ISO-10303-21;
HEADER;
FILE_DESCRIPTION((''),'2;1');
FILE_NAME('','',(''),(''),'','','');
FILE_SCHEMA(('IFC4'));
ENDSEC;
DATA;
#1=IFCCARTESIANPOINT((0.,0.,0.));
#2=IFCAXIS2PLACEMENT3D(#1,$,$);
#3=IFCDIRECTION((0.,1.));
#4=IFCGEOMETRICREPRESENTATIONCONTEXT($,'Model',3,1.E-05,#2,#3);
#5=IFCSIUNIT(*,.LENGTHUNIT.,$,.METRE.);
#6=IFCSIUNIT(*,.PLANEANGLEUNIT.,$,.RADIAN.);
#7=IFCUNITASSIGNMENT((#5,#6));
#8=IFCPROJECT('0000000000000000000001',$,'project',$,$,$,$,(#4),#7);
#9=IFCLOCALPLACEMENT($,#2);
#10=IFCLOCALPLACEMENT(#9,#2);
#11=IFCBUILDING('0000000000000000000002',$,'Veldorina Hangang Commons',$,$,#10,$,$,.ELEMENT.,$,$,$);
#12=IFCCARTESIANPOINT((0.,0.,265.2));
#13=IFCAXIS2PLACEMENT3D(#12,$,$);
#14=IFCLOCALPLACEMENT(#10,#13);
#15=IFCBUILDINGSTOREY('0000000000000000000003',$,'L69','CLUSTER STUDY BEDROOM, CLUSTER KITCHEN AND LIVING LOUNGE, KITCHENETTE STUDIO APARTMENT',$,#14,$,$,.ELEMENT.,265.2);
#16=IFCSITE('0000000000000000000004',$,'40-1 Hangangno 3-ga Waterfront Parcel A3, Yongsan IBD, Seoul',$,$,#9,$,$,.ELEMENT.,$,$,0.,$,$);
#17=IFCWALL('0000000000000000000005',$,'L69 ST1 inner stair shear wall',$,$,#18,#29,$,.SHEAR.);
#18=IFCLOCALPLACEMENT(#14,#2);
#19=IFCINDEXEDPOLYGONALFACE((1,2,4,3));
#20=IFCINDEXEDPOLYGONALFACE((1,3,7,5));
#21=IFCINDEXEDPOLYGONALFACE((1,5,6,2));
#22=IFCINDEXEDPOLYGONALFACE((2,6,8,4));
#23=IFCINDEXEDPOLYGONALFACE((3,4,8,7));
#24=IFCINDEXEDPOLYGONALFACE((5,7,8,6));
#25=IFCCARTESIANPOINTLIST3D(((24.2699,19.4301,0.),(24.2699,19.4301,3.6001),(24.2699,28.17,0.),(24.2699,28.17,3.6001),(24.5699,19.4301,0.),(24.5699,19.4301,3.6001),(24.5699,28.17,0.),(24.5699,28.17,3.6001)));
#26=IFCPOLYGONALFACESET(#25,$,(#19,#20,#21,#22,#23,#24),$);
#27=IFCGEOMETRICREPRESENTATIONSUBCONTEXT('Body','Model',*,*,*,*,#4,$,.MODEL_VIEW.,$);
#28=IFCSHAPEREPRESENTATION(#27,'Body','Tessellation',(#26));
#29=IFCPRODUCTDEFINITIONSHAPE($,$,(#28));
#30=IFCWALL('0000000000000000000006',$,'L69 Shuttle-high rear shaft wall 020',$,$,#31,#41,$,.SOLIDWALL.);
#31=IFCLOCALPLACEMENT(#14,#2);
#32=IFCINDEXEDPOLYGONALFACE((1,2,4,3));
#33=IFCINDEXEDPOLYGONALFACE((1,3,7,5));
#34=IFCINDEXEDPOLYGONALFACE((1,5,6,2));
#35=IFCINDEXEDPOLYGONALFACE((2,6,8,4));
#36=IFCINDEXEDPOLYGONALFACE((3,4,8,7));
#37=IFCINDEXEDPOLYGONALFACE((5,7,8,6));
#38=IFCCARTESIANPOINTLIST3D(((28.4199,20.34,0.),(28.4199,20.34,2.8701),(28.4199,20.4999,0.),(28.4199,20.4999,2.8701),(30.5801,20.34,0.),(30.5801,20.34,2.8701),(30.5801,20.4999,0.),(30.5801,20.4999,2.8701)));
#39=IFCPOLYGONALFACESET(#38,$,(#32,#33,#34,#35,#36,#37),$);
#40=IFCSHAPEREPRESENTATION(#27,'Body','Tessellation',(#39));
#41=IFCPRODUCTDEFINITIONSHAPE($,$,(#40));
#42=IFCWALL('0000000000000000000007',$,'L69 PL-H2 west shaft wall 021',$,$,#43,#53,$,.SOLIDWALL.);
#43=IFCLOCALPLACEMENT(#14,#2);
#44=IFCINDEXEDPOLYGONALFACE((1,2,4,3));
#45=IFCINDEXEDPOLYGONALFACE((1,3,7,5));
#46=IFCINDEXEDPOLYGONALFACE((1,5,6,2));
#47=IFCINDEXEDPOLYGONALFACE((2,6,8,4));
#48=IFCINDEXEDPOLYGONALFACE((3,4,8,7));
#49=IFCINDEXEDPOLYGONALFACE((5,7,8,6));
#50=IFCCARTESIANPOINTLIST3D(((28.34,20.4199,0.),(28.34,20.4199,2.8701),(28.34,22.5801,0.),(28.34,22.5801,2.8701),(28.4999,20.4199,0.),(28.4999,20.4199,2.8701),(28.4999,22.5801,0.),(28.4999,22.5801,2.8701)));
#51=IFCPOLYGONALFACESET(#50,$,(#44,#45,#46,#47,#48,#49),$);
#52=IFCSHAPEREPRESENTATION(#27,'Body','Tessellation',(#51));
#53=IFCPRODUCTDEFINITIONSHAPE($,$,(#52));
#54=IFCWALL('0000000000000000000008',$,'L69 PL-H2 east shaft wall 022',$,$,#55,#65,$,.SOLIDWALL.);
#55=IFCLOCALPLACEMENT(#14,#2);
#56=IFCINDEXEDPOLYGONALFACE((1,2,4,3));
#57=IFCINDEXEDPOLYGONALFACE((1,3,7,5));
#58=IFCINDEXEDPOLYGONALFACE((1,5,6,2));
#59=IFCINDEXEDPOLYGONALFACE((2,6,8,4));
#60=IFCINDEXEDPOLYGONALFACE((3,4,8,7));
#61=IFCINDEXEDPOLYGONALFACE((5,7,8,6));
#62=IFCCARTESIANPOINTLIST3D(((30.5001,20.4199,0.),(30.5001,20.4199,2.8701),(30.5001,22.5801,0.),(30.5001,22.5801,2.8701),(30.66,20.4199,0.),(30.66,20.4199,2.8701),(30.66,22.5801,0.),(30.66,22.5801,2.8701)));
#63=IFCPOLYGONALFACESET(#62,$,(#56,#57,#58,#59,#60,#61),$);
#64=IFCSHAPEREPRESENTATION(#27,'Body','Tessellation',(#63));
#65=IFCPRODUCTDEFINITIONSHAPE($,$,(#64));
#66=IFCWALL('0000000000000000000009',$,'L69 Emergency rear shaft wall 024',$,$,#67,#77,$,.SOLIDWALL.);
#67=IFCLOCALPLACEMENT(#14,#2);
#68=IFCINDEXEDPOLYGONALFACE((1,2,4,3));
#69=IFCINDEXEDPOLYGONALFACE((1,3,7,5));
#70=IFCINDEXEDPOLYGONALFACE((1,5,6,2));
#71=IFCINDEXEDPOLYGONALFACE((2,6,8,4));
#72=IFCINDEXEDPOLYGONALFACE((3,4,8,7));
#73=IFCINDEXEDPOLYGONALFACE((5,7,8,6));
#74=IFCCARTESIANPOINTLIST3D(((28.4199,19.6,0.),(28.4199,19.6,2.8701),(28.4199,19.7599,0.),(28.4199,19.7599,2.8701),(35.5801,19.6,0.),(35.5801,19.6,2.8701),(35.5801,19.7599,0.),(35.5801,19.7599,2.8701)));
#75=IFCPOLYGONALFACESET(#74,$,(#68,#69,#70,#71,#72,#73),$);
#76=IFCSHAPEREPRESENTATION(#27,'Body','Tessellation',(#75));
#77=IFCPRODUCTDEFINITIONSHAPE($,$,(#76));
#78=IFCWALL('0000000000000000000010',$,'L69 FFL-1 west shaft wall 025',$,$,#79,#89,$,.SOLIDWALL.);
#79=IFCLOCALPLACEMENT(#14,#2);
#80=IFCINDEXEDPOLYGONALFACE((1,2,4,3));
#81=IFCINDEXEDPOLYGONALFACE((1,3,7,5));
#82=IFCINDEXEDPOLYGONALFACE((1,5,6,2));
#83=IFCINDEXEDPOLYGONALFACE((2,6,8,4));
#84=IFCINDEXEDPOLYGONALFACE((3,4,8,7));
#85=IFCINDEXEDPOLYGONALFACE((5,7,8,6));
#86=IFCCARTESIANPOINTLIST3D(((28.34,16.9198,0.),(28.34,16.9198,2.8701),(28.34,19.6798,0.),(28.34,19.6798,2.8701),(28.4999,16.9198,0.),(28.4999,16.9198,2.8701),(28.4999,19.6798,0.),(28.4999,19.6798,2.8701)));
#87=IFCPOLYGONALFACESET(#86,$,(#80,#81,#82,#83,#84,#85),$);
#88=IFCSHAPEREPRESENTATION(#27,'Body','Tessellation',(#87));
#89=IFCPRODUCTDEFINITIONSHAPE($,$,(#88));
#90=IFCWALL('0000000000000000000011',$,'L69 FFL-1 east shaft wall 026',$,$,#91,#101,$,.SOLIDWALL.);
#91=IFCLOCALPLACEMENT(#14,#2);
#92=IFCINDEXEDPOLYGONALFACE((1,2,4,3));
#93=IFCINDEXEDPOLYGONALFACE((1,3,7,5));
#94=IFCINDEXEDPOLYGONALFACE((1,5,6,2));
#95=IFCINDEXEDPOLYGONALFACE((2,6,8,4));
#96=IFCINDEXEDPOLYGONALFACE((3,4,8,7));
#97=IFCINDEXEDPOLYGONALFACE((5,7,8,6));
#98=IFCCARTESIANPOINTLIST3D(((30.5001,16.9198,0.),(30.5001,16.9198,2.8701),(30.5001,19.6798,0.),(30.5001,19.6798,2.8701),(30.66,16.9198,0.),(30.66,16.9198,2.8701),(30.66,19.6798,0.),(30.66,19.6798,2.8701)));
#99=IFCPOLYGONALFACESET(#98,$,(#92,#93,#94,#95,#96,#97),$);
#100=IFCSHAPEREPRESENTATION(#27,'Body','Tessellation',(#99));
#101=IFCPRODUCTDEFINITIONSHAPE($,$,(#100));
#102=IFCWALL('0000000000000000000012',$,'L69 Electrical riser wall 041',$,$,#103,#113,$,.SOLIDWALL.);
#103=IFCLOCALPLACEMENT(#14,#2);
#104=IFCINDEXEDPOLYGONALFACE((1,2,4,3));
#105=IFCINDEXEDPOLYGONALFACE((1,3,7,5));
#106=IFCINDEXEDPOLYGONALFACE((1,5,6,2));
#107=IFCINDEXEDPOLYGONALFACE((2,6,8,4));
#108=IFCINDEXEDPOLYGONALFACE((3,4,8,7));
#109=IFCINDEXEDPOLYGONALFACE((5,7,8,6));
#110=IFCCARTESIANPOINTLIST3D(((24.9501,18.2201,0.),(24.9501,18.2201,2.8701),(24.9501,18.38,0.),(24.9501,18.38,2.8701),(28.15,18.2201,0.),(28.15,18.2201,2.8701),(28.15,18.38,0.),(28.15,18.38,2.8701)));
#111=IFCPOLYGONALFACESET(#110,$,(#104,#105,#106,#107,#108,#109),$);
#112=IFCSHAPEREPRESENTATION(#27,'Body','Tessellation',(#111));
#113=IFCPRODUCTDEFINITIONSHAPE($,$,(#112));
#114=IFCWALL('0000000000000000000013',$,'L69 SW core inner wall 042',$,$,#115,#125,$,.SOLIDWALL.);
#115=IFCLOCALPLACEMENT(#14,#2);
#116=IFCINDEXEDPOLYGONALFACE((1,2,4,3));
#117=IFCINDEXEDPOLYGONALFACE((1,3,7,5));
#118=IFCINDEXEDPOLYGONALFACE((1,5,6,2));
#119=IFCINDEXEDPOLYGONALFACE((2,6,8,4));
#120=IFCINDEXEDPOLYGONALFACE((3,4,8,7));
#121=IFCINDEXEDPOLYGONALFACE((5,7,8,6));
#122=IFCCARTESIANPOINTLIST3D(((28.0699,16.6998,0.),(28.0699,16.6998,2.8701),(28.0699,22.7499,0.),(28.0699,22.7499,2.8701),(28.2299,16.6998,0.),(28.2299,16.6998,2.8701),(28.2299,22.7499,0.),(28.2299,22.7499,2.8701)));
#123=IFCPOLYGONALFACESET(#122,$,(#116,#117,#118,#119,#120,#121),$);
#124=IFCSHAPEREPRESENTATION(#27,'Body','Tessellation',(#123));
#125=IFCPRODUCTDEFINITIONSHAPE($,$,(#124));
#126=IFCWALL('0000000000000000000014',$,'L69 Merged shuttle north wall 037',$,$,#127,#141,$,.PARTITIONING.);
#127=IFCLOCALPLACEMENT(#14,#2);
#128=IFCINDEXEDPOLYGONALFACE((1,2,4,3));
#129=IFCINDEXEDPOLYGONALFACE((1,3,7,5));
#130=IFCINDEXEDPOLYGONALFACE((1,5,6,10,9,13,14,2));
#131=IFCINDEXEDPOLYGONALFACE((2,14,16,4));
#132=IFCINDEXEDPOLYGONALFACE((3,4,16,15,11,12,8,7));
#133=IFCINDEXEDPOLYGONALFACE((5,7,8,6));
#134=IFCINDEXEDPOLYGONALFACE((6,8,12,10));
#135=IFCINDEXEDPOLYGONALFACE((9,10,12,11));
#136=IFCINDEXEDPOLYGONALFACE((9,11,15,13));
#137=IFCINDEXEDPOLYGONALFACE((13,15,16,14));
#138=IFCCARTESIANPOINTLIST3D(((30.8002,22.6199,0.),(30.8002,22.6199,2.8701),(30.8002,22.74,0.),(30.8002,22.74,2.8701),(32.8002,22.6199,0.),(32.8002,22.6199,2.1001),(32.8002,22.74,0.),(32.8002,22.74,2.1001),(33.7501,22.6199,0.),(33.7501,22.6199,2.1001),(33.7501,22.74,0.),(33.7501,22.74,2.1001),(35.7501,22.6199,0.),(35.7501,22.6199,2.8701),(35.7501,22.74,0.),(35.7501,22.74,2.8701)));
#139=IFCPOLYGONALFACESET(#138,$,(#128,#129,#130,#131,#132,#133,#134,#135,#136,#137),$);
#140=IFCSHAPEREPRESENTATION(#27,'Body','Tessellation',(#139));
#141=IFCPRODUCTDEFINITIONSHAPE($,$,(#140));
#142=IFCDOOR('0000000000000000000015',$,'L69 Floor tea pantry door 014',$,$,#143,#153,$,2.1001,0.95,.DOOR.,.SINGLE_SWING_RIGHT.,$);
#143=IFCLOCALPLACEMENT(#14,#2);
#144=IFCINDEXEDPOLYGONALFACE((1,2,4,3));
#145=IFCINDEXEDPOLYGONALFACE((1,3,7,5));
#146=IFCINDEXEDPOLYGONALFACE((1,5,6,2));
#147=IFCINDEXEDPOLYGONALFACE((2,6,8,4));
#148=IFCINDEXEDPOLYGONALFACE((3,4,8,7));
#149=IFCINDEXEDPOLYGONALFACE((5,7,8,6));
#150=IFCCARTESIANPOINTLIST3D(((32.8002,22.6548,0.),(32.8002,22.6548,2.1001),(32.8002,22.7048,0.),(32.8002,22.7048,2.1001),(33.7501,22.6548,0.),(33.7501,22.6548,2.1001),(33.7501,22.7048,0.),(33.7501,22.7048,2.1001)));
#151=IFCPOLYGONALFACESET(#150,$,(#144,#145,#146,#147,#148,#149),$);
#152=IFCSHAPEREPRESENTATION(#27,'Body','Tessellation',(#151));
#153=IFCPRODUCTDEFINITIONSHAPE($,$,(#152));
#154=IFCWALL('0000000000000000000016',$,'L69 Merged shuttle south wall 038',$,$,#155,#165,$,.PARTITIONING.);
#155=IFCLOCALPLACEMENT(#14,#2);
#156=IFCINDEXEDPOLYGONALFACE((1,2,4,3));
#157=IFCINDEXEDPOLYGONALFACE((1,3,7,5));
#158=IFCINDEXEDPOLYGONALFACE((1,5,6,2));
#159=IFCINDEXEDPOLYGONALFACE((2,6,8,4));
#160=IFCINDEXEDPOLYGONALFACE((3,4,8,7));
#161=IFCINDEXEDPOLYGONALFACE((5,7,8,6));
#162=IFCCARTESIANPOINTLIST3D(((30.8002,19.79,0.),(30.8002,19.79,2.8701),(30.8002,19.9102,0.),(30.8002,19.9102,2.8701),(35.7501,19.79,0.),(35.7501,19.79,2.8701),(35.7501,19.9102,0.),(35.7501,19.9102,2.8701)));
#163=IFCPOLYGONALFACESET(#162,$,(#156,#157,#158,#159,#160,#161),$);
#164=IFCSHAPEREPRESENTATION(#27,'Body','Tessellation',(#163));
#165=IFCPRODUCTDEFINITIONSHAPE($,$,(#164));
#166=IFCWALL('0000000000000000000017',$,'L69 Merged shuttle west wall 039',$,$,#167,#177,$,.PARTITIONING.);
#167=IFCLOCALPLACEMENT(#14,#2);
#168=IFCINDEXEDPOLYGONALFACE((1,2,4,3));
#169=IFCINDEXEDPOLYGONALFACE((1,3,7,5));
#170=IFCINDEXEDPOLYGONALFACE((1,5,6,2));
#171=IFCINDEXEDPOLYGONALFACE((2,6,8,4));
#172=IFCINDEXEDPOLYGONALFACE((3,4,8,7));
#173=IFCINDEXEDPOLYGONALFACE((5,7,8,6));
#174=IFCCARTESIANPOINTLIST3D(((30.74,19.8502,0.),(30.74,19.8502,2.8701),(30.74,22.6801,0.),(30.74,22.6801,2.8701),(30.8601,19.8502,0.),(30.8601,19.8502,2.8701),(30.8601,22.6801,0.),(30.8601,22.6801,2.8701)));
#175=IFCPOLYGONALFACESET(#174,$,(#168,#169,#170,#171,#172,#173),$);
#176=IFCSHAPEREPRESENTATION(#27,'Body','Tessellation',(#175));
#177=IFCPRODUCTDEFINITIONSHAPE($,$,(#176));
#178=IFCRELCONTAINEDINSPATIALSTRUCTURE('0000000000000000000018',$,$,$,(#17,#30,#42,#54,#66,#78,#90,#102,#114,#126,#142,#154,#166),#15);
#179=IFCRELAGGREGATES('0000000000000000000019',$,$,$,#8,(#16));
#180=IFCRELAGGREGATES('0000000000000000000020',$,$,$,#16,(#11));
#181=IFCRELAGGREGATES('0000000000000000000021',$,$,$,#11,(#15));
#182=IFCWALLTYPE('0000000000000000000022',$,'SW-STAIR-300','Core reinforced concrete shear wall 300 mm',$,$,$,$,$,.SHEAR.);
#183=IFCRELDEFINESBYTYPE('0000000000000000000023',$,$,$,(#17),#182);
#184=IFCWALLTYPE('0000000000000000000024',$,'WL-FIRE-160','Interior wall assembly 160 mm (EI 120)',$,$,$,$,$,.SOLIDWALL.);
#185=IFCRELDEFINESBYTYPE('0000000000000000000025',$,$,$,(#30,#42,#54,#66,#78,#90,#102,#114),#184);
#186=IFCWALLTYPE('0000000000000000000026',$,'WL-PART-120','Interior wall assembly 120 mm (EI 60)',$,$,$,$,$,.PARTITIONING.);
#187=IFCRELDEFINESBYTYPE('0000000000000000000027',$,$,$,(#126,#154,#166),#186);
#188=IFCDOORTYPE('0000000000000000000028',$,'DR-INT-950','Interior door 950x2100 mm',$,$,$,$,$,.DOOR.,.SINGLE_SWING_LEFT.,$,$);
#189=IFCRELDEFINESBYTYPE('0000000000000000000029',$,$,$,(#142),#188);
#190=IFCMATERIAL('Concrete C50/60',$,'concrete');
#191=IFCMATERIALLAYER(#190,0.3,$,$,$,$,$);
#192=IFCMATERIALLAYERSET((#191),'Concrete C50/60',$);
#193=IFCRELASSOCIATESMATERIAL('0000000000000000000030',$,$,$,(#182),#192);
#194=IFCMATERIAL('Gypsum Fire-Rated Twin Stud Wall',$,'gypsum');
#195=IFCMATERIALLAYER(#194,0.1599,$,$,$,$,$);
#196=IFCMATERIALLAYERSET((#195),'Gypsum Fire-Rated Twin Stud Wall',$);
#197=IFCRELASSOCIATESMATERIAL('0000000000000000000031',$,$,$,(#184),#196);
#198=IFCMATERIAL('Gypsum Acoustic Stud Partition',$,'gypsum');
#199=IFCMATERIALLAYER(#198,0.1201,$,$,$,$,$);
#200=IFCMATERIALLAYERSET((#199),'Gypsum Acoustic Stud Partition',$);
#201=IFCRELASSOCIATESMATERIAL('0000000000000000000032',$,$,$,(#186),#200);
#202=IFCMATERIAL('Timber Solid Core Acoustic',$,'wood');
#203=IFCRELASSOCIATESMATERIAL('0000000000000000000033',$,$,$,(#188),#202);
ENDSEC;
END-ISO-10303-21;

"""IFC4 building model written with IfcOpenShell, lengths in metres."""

from ifc_helpers import new_model, si_unit, direction, frame, frame_2d, origin, place, context, subcontext, project, spatial, rectangle, extrude, material, layer, layer_set, type_object, element, fill, save


model = new_model("IFC4")

# Units and contexts
model_context = context("Model", 3, precision=1e-05, world=origin(), true_north=direction((0.0, 1.0)))
body_context = subcontext(model_context, "Body", "Model", "MODEL_VIEW")
ifc_project = project(units=[si_unit("LENGTHUNIT", "METRE"), si_unit("PLANEANGLEUNIT", "RADIAN")], contexts=[model_context])

# Site, building, storey
site_placement = place(None, origin())
site = spatial("IfcSite", under=ifc_project, at=site_placement, Name="40-1 Hangangno 3-ga Waterfront Parcel A3, Yongsan IBD, Seoul", CompositionType="ELEMENT", RefElevation=0.0)
building_placement = place(site_placement, origin())
building = spatial("IfcBuilding", under=site, at=building_placement, Name="Veldorina Hangang Commons", CompositionType="ELEMENT")
storey_placement = place(building_placement, frame((0.0, 0.0, 265.2)))
storey = spatial("IfcBuildingStorey", under=building, at=storey_placement, Name="L69", Description="CLUSTER STUDY BEDROOM, CLUSTER KITCHEN AND LIVING LOUNGE, KITCHENETTE STUDIO APARTMENT", CompositionType="ELEMENT", Elevation=265.2)

# Shared definitions
ifc_material_1 = material(Name="Concrete C50/60", Category="concrete")

# Wall
ifc_layer_1 = layer(ifc_material_1, 0.3)
ifc_layer_set_1 = layer_set([ifc_layer_1], Name="Concrete C50/60")
wall_type_1 = type_object("IfcWallType", Name="SW-STAIR-300", Description="Core reinforced concrete shear wall 300 mm", PredefinedType="SHEAR", material=ifc_layer_set_1)
wall_1_placement = place(storey_placement, frame((24.4199, 19.4299, 0.0), z_axis=(0.0, 0.0, 1.0), x_axis=(0.0, 1.0, 0.0)))
element("IfcWall", 1, at=wall_1_placement, inside=storey, type_object=wall_type_1, Name="L69 ST1 inner stair shear wall", PredefinedType="SHEAR", context=body_context, shape_type="SweptSolid", body=[
    extrude(rectangle(XDim=8.74, YDim=0.3, at=frame_2d((4.3701, 0.0))), origin(), (0.0, 0.0, 1.0), 3.6001),
])

# Shared definitions
ifc_material_2 = material(Name="Gypsum Fire-Rated Twin Stud Wall", Category="gypsum")
ifc_layer_2 = layer(ifc_material_2, 0.1599)
ifc_layer_set_2 = layer_set([ifc_layer_2], Name="Gypsum Fire-Rated Twin Stud Wall")
wall_type_2 = type_object("IfcWallType", Name="WL-FIRE-160", Description="Interior wall assembly 160 mm (EI 120)", PredefinedType="SOLIDWALL", material=ifc_layer_set_2)

# Walls
for number, where, z_axis, x_axis, name in (
    (2, (28.4199, 20.4199, 0.0), (0.0, 0.0, 1.0), (1.0, 0.0, 0.0), "L69 Shuttle-high rear shaft wall 020"),
    (3, (28.4199, 20.4199, 0.0), (0.0, 0.0, 1.0), (0.0, 1.0, 0.0), "L69 PL-H2 west shaft wall 021"),
    (4, (30.5801, 20.4199, 0.0), (0.0, 0.0, 1.0), (0.0, 1.0, 0.0), "L69 PL-H2 east shaft wall 022"),
):
    element("IfcWall", number, at=place(storey_placement, frame(where, z_axis=z_axis, x_axis=x_axis)), inside=storey, type_object=wall_type_2, Name=name, PredefinedType="SOLIDWALL", context=body_context, shape_type="SweptSolid", body=[
        extrude(rectangle(XDim=2.1602, YDim=0.1599, at=frame_2d((1.0801, 0.0))), origin(), (0.0, 0.0, 1.0), 2.8701),
    ])

# Walls
wall_2_placement = place(storey_placement, frame((28.4199, 19.6799, 0.0), z_axis=(0.0, 0.0, 1.0), x_axis=(1.0, 0.0, 0.0)))
element("IfcWall", 5, at=wall_2_placement, inside=storey, type_object=wall_type_2, Name="L69 Emergency rear shaft wall 024", PredefinedType="SOLIDWALL", context=body_context, shape_type="SweptSolid", body=[
    extrude(rectangle(XDim=7.1602, YDim=0.1599, at=frame_2d((3.5801, 0.0))), origin(), (0.0, 0.0, 1.0), 2.8701),
])
for number, where, z_axis, x_axis, name in (
    (6, (28.4199, 16.9199, 0.0), (0.0, 0.0, 1.0), (0.0, 1.0, 0.0), "L69 FFL-1 west shaft wall 025"),
    (7, (30.5801, 16.9199, 0.0), (0.0, 0.0, 1.0), (0.0, 1.0, 0.0), "L69 FFL-1 east shaft wall 026"),
):
    element("IfcWall", number, at=place(storey_placement, frame(where, z_axis=z_axis, x_axis=x_axis)), inside=storey, type_object=wall_type_2, Name=name, PredefinedType="SOLIDWALL", context=body_context, shape_type="SweptSolid", body=[
        extrude(rectangle(XDim=2.76, YDim=0.1599, at=frame_2d((1.3799, 0.0))), origin(), (0.0, 0.0, 1.0), 2.8701),
    ])
wall_3_placement = place(storey_placement, frame((24.95, 18.3, 0.0), z_axis=(0.0, 0.0, 1.0), x_axis=(1.0, 0.0, 0.0)))
element("IfcWall", 8, at=wall_3_placement, inside=storey, type_object=wall_type_2, Name="L69 Electrical riser wall 041", PredefinedType="SOLIDWALL", context=body_context, shape_type="SweptSolid", body=[
    extrude(rectangle(XDim=3.2, YDim=0.1599, at=frame_2d((1.6001, 0.0))), origin(), (0.0, 0.0, 1.0), 2.8701),
])
wall_4_placement = place(storey_placement, frame((28.1499, 16.7, 0.0), z_axis=(0.0, 0.0, 1.0), x_axis=(0.0, 1.0, 0.0)))
element("IfcWall", 9, at=wall_4_placement, inside=storey, type_object=wall_type_2, Name="L69 SW core inner wall 042", PredefinedType="SOLIDWALL", context=body_context, shape_type="SweptSolid", body=[
    extrude(rectangle(XDim=6.05, YDim=0.1599, at=frame_2d((3.0249, 0.0))), origin(), (0.0, 0.0, 1.0), 2.8701),
])

# Wall, opening, door
ifc_material_3 = material(Name="Gypsum Acoustic Stud Partition", Category="gypsum")
ifc_layer_3 = layer(ifc_material_3, 0.1201)
ifc_layer_set_3 = layer_set([ifc_layer_3], Name="Gypsum Acoustic Stud Partition")
wall_type_3 = type_object("IfcWallType", Name="WL-PART-120", Description="Interior wall assembly 120 mm (EI 60)", PredefinedType="PARTITIONING", material=ifc_layer_set_3)
wall_5_placement = place(storey_placement, frame((30.8, 22.6799, 0.0), z_axis=(0.0, 0.0, 1.0), x_axis=(1.0, 0.0, 0.0)))
wall_5 = element("IfcWall", 10, at=wall_5_placement, inside=storey, type_object=wall_type_3, Name="L69 Merged shuttle north wall 037", PredefinedType="PARTITIONING", context=body_context, shape_type="SweptSolid", body=[
    extrude(rectangle(XDim=4.95, YDim=0.1201, at=frame_2d((2.4751, 0.0))), origin(), (0.0, 0.0, 1.0), 2.8701),
])
opening_1_placement = place(wall_5_placement, frame((2.0, 0.0, 0.0)))
opening_1 = element("IfcOpeningElement", 11, at=opening_1_placement, cuts=wall_5, PredefinedType="OPENING", context=body_context, shape_type="SweptSolid", body=[
    extrude(rectangle(XDim=0.95, YDim=2.1001, at=frame_2d((0.4751, 1.05))), frame((0.0, 0.0701, 0.0), z_axis=(0.0, -1.0, 0.0), x_axis=(1.0, 0.0, 0.0)), (0.0, 0.0, 1.0), 0.1401),
])
ifc_material_4 = material(Name="Timber Solid Core Acoustic", Category="wood")
door_type_1 = type_object("IfcDoorType", Name="DR-INT-950", Description="Interior door 950x2100 mm", OperationType="SINGLE_SWING_LEFT", PredefinedType="DOOR", material=ifc_material_4)
door_1_placement = place(opening_1_placement, origin())
door_1 = element("IfcDoor", 12, at=door_1_placement, inside=storey, type_object=door_type_1, Name="L69 Floor tea pantry door 014", OperationType="SINGLE_SWING_RIGHT", OverallHeight=2.1001, OverallWidth=0.95, PredefinedType="DOOR", context=body_context, shape_type="SweptSolid", body=[
    extrude(rectangle(XDim=0.95, YDim=2.1001, at=frame_2d((0.4751, 1.05))), frame((0.0, 0.0249, 0.0), z_axis=(0.0, -1.0, 0.0), x_axis=(1.0, 0.0, 0.0)), (0.0, 0.0, 1.0), 0.05),
])
fill(opening_1, door_1)

# Walls
wall_6_placement = place(storey_placement, frame((30.8, 19.8501, 0.0), z_axis=(0.0, 0.0, 1.0), x_axis=(1.0, 0.0, 0.0)))
element("IfcWall", 13, at=wall_6_placement, inside=storey, type_object=wall_type_3, Name="L69 Merged shuttle south wall 038", PredefinedType="PARTITIONING", context=body_context, shape_type="SweptSolid", body=[
    extrude(rectangle(XDim=4.95, YDim=0.1201, at=frame_2d((2.4751, 0.0))), origin(), (0.0, 0.0, 1.0), 2.8701),
])
wall_7_placement = place(storey_placement, frame((30.8, 19.8501, 0.0), z_axis=(0.0, 0.0, 1.0), x_axis=(0.0, 1.0, 0.0)))
element("IfcWall", 14, at=wall_7_placement, inside=storey, type_object=wall_type_3, Name="L69 Merged shuttle west wall 039", PredefinedType="PARTITIONING", context=body_context, shape_type="SweptSolid", body=[
    extrude(rectangle(XDim=2.8298, YDim=0.1201, at=frame_2d((1.415, 0.0))), origin(), (0.0, 0.0, 1.0), 2.8701),
])

save(model, "model.ifc")
